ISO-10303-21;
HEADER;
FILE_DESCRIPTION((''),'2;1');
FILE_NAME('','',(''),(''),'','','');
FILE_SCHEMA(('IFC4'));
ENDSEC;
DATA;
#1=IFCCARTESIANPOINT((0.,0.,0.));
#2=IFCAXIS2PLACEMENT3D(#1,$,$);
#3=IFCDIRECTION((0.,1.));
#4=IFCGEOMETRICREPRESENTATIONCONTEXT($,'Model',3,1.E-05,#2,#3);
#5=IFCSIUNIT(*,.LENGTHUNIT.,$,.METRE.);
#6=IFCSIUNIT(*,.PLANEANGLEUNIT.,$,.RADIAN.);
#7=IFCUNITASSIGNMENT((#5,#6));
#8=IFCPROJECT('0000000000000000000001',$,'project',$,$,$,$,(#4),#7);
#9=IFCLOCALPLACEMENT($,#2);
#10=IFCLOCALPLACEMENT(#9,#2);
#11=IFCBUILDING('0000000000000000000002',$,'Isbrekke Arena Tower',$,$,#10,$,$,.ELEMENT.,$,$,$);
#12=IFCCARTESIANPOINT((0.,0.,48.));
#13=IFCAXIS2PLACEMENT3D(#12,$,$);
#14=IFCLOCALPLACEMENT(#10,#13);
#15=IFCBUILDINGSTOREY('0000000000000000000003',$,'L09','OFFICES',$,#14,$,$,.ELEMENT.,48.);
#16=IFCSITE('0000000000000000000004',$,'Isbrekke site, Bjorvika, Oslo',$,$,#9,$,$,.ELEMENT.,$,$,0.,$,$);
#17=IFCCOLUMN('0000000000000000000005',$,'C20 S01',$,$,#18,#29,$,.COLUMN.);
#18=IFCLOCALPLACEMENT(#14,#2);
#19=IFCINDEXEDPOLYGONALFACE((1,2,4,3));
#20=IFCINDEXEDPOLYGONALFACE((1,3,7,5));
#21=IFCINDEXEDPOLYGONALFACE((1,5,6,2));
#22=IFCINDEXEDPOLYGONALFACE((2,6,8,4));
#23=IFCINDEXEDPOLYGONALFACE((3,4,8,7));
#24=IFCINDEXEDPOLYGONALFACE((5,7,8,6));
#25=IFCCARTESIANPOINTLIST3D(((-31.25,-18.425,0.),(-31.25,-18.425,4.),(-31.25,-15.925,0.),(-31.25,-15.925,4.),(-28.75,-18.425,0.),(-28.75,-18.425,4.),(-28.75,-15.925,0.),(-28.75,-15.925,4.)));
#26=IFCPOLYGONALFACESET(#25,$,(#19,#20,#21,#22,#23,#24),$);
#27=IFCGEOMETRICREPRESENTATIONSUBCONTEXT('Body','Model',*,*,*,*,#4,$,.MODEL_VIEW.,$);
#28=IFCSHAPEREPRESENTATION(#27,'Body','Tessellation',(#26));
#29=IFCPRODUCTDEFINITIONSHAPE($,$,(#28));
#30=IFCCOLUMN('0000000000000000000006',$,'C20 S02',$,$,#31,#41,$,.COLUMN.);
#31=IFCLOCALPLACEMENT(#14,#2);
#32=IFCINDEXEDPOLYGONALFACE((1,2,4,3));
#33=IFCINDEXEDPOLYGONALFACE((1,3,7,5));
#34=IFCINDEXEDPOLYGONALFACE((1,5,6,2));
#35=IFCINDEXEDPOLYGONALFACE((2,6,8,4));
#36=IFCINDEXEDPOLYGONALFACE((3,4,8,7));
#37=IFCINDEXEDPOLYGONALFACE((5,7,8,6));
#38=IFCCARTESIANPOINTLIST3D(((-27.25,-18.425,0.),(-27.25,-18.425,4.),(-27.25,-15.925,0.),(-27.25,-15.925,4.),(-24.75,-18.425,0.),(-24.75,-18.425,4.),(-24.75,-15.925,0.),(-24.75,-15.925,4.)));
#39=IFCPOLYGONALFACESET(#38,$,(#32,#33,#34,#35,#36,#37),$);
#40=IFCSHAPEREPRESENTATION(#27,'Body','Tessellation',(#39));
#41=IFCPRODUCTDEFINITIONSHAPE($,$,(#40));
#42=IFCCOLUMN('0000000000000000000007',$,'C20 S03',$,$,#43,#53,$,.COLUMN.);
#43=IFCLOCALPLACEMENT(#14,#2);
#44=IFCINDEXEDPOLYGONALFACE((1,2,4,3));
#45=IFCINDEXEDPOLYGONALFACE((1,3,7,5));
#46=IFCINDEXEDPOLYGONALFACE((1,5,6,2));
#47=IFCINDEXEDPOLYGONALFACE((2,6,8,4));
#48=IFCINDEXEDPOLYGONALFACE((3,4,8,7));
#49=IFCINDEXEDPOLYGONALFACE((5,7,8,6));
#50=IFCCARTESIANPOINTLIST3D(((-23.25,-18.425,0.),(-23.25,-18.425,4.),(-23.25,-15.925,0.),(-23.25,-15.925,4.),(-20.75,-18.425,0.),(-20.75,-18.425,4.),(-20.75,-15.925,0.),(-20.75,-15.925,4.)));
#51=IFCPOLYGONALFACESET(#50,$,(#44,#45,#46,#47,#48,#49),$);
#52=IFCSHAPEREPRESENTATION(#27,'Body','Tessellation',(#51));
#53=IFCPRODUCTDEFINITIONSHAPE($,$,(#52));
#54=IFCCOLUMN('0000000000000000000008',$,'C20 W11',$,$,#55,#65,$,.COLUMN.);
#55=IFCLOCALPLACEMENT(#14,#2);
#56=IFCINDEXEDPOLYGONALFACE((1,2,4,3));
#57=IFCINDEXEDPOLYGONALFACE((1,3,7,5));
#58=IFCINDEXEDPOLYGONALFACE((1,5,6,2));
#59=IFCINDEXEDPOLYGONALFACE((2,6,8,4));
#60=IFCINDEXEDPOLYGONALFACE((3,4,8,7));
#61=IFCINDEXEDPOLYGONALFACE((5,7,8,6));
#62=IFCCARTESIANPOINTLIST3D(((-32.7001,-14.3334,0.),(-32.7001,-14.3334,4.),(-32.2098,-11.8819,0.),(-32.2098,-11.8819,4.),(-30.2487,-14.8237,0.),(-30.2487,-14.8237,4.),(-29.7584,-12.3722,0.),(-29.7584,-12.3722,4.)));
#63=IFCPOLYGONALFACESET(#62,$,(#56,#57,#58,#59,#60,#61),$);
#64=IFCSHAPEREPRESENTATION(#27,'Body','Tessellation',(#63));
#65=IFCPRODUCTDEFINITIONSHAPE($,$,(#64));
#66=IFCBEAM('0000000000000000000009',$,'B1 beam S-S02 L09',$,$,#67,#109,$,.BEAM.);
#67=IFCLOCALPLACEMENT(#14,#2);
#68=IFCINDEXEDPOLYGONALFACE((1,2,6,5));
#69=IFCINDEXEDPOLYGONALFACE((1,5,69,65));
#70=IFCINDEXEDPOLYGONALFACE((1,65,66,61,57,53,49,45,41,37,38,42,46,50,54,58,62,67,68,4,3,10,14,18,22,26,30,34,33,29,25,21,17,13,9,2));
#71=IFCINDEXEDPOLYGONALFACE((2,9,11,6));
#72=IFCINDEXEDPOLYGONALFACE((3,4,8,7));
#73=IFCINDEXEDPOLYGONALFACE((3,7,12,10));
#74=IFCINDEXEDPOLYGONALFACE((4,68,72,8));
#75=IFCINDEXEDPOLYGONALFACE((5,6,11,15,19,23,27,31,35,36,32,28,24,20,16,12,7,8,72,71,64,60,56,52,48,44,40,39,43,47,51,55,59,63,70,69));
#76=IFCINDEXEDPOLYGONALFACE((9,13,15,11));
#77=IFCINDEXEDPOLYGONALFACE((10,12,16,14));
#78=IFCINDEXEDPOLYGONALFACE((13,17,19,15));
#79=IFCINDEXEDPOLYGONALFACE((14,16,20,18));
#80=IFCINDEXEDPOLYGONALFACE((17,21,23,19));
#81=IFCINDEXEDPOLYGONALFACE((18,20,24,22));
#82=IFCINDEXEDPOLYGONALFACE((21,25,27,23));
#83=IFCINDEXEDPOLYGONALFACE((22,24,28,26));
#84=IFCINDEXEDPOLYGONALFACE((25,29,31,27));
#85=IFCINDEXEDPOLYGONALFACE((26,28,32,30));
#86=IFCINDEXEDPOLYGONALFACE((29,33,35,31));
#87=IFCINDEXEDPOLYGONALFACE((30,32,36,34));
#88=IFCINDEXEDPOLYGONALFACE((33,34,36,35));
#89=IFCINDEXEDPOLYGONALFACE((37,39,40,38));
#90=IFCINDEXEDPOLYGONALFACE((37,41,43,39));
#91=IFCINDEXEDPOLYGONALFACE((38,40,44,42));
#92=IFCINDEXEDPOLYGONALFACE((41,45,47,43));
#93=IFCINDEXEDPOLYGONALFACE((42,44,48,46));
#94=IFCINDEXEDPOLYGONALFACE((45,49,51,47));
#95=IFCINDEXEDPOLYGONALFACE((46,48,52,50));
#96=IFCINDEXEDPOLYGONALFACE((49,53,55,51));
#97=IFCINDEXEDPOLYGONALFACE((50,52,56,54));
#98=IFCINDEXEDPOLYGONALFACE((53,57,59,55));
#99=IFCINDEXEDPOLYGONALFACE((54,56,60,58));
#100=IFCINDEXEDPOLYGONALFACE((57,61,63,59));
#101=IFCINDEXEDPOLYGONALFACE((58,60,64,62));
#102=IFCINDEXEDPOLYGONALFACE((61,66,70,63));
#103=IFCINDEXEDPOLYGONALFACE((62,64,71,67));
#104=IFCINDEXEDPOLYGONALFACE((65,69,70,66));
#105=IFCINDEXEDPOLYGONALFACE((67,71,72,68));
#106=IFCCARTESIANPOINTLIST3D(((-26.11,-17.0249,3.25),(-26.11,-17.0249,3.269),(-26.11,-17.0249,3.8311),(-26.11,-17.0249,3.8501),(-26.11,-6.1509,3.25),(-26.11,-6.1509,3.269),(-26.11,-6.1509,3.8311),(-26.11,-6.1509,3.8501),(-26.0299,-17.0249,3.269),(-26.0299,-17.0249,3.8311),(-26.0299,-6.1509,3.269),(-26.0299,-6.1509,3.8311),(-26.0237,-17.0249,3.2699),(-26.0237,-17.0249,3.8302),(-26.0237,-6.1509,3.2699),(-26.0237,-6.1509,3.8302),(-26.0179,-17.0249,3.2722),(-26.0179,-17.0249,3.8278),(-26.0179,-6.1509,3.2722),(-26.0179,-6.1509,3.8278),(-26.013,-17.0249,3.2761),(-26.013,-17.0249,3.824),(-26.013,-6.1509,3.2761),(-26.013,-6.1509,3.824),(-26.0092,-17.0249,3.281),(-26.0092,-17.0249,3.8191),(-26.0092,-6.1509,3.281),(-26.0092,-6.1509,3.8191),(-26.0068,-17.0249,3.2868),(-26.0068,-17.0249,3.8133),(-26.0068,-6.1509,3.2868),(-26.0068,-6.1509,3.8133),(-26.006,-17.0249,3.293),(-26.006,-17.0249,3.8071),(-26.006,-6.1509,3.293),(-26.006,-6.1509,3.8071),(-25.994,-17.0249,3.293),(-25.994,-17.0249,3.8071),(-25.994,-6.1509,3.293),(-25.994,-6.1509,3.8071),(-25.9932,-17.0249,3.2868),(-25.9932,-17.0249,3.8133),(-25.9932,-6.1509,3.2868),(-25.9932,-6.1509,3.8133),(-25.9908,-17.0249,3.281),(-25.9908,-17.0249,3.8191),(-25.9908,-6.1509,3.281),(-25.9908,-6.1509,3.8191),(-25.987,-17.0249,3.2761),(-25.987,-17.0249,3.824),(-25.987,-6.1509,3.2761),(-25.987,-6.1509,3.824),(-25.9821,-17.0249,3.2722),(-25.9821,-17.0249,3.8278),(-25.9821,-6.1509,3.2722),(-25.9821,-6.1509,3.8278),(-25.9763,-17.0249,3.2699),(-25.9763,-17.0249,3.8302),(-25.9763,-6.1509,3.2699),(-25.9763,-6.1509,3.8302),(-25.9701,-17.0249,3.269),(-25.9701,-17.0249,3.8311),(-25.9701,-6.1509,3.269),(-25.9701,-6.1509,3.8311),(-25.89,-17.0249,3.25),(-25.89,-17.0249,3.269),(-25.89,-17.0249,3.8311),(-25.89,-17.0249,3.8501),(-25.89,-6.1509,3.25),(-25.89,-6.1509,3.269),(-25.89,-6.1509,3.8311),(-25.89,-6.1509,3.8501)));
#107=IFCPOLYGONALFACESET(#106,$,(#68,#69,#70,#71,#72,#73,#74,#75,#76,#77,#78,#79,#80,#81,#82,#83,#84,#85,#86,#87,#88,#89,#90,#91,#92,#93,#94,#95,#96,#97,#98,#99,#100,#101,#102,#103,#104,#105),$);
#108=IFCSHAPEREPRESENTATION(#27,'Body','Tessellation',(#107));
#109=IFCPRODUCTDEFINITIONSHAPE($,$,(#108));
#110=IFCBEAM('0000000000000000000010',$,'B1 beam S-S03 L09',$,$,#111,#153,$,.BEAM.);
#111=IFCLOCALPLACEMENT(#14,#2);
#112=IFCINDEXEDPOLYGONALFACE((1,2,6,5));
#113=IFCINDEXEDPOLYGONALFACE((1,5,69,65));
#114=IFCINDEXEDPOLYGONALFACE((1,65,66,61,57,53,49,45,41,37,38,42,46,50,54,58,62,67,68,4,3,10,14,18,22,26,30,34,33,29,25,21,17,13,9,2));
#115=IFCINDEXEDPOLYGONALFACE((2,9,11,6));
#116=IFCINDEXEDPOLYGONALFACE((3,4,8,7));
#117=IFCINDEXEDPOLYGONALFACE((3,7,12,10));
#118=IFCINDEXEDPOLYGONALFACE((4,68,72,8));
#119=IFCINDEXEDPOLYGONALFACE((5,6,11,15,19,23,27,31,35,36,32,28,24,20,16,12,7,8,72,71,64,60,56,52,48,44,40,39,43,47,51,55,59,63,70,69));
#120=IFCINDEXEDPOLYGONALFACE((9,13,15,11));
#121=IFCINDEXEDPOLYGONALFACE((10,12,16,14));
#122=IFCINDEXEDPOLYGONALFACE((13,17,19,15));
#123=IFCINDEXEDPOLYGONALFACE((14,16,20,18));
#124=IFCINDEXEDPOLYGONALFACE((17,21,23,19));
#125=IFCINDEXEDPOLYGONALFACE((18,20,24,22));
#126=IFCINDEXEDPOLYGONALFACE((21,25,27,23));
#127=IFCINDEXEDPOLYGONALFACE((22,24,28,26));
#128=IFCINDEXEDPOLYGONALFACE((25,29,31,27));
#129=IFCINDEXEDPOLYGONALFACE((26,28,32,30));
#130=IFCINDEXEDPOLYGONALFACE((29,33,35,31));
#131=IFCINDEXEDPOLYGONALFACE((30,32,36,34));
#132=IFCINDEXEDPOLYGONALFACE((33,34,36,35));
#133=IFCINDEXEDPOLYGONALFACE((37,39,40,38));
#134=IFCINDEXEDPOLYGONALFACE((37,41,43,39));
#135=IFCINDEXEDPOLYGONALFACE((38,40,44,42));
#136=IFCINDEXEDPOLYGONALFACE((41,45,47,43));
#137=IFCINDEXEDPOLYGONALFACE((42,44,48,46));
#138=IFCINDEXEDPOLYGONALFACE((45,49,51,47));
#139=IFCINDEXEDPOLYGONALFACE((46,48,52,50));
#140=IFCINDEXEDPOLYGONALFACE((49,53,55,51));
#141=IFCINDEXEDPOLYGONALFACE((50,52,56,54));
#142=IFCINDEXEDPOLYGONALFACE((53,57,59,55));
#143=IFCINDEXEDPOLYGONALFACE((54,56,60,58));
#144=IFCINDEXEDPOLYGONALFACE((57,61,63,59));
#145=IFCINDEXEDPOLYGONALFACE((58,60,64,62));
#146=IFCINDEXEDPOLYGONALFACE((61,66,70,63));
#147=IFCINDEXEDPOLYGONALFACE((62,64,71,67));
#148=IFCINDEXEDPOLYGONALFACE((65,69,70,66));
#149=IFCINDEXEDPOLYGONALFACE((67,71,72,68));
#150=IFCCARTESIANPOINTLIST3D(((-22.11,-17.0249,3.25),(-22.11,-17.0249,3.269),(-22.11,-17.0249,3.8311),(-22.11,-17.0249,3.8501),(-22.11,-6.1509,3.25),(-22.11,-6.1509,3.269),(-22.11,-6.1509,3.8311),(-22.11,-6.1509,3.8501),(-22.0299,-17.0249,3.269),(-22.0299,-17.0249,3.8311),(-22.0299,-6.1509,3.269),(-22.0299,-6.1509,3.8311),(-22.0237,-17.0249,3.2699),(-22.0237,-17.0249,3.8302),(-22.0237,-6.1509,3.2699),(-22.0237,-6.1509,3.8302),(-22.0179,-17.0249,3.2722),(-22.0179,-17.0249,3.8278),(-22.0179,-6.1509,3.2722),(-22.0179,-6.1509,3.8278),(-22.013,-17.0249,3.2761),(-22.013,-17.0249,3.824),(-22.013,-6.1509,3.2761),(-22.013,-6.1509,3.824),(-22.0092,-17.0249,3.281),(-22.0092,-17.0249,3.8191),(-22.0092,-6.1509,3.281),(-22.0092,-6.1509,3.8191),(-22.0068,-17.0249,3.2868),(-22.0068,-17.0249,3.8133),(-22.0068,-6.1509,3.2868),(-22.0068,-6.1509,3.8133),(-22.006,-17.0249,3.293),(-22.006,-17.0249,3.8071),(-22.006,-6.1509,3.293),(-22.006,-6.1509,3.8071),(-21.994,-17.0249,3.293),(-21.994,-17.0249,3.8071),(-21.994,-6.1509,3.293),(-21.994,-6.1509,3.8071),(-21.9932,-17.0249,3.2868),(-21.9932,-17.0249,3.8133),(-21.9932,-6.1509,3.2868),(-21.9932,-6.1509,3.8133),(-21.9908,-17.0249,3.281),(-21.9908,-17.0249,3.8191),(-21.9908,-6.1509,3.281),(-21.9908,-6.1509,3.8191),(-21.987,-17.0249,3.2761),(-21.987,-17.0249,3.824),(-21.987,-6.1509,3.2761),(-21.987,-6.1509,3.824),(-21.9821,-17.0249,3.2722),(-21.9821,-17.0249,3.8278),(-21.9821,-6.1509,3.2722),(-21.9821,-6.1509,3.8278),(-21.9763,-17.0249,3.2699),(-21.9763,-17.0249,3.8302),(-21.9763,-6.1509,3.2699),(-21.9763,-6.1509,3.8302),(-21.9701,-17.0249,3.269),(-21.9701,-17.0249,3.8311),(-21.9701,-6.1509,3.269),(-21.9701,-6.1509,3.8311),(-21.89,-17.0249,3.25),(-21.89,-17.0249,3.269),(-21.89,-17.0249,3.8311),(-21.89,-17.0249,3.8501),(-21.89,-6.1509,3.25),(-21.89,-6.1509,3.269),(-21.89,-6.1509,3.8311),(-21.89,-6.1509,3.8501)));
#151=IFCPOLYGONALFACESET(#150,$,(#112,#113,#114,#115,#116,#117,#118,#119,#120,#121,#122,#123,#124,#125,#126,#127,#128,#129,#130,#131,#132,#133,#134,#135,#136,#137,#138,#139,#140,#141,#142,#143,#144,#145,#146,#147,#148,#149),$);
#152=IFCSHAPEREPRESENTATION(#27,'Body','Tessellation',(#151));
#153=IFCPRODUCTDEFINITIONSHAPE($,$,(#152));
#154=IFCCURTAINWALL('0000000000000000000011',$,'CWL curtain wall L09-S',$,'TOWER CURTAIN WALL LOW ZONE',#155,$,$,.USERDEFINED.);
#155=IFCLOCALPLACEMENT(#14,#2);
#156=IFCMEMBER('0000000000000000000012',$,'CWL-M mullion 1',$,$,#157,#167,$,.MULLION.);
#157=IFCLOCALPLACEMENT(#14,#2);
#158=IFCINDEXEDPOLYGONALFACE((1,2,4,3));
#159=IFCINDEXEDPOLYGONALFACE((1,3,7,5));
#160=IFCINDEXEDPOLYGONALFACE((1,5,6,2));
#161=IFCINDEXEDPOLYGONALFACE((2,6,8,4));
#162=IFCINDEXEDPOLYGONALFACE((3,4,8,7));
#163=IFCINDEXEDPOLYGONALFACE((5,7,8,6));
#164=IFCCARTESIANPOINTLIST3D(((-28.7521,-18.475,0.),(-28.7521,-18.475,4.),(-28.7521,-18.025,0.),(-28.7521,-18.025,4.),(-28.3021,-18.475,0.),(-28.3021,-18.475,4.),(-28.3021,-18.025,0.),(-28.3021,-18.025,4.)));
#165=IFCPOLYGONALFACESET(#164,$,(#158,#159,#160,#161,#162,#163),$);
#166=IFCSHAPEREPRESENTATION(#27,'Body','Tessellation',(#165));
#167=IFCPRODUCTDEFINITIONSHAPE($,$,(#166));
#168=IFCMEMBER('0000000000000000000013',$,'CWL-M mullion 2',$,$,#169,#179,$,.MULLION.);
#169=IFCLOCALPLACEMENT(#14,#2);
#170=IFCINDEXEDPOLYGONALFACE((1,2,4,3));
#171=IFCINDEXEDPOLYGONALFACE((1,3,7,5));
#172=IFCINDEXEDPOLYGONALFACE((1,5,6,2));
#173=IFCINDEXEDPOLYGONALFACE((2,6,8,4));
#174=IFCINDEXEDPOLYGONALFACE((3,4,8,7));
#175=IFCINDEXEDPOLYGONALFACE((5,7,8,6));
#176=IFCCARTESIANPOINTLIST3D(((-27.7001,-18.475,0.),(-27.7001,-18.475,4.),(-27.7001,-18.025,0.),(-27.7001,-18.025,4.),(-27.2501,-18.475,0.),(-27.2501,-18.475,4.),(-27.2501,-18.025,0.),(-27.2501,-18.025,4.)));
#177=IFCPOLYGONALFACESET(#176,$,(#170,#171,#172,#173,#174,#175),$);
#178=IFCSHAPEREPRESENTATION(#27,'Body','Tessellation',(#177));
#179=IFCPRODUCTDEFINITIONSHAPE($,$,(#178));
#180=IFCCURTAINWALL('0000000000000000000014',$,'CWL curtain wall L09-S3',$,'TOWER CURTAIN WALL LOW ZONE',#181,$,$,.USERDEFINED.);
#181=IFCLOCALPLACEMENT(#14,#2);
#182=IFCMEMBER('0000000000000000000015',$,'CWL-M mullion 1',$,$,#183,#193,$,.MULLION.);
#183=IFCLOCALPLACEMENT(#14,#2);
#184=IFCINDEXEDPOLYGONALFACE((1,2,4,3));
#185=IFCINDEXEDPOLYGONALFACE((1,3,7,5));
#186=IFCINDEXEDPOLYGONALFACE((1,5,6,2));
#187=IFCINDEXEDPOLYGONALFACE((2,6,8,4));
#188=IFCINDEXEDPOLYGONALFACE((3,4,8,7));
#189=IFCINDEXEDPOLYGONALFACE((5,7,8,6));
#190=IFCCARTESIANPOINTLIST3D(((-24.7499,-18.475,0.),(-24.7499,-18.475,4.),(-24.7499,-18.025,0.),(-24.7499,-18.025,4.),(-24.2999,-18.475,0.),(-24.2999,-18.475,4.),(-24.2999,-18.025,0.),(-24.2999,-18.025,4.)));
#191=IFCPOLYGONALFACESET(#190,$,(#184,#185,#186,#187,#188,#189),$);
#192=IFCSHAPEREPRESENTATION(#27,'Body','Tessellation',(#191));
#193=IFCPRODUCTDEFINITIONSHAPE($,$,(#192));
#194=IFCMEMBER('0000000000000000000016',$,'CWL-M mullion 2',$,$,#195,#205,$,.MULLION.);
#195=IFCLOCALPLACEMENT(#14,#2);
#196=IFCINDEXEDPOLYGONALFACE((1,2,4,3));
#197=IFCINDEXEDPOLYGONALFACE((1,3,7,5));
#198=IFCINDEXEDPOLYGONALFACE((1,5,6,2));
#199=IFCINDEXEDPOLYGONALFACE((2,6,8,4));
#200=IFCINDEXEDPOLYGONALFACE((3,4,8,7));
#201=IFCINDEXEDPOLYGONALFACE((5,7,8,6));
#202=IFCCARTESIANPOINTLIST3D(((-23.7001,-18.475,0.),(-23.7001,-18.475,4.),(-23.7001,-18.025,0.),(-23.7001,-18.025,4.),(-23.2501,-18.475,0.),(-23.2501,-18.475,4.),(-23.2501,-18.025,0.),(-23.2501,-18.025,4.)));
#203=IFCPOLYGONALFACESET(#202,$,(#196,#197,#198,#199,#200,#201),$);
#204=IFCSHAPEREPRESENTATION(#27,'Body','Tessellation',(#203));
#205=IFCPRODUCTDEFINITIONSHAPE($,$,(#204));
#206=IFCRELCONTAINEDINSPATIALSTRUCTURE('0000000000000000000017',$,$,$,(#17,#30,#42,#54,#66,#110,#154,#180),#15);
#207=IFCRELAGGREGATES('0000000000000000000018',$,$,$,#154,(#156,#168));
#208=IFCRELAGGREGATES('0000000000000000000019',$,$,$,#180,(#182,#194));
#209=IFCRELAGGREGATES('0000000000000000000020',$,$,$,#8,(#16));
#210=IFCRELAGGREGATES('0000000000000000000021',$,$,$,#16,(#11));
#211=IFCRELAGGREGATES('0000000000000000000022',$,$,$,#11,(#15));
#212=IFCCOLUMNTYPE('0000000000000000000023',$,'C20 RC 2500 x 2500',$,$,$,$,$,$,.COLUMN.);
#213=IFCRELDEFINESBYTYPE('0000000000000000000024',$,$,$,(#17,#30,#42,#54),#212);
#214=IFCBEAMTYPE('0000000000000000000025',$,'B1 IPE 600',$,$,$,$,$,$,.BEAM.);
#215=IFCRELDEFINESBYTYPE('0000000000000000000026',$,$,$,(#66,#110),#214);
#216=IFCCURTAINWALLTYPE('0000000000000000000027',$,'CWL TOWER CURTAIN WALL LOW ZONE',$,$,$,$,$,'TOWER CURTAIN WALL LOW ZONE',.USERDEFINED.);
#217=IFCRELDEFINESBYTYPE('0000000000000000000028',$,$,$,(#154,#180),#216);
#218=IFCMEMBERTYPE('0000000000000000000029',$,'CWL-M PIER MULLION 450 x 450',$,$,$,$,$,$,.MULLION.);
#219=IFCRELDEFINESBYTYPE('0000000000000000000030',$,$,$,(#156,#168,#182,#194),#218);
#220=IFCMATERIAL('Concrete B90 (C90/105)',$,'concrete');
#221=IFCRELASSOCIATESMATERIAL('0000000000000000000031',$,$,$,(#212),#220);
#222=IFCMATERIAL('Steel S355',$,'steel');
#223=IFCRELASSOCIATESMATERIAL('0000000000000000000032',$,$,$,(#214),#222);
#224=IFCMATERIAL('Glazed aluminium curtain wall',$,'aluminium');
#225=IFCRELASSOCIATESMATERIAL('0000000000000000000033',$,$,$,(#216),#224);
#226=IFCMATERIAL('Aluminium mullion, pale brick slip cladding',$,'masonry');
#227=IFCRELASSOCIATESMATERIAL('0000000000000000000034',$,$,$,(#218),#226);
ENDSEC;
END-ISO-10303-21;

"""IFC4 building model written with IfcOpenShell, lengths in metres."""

from ifc_helpers import new_model, si_unit, direction, frame, origin, origin_2d, place, context, subcontext, project, spatial, rectangle, i_section, extrude, material, material_profile, profile_set, type_object, element, aggregate, save


model = new_model("IFC4")

# Units and contexts
model_context = context("Model", 3, precision=1e-05, world=origin(), true_north=direction((0.0, 1.0)))
body_context = subcontext(model_context, "Body", "Model", "MODEL_VIEW")
ifc_project = project(units=[si_unit("LENGTHUNIT", "METRE"), si_unit("PLANEANGLEUNIT", "RADIAN")], contexts=[model_context])

# Site, building, storey
site_placement = place(None, origin())
site = spatial("IfcSite", under=ifc_project, at=site_placement, Name="Isbrekke site, Bjorvika, Oslo", CompositionType="ELEMENT", RefElevation=0.0)
building_placement = place(site_placement, origin())
building = spatial("IfcBuilding", under=site, at=building_placement, Name="Isbrekke Arena Tower", CompositionType="ELEMENT")
storey_placement = place(building_placement, frame((0.0, 0.0, 48.0)))
storey = spatial("IfcBuildingStorey", under=building, at=storey_placement, Name="L09", Description="OFFICES", CompositionType="ELEMENT", Elevation=48.0)

# Columns
ifc_material_1 = material(Name="Concrete B90 (C90/105)", Category="concrete")
ifc_material_profile_1 = material_profile(ifc_material_1, rectangle(XDim=2.5, YDim=2.5, at=origin_2d()), Name="RC 2500x2500")
ifc_profile_set_1 = profile_set([ifc_material_profile_1], Name="Concrete B90 (C90/105)")
column_type = type_object("IfcColumnType", Name="C20 RC 2500 x 2500", PredefinedType="COLUMN", material=ifc_profile_set_1)
for number, where, z_axis, x_axis, name in (
    (1, (-30.0, -17.175, 0.0), (0.0, 0.0, 1.0), (1.0, 0.0, 0.0), "C20 S01"),
    (2, (-26.0, -17.175, 0.0), (0.0, 0.0, 1.0), (1.0, 0.0, 0.0), "C20 S02"),
    (3, (-22.0, -17.175, 0.0), (0.0, 0.0, 1.0), (1.0, 0.0, 0.0), "C20 S03"),
    (4, (-31.2292, -13.3528, 0.0), (0.0, 0.0, 1.0), (-0.196116, -0.980581, 0.0), "C20 W11"),
):
    element("IfcColumn", number, at=place(storey_placement, frame(where, z_axis=z_axis, x_axis=x_axis)), inside=storey, type_object=column_type, Name=name, PredefinedType="COLUMN", context=body_context, shape_type="SweptSolid", body=[
        extrude(rectangle(XDim=2.5, YDim=2.5, at=origin_2d()), origin(), (0.0, 0.0, 1.0), 4.0),
    ])

# Beams
ifc_material_2 = material(Name="Steel S355", Category="steel")
ifc_material_profile_2 = material_profile(ifc_material_2, i_section(OverallWidth=0.22, OverallDepth=0.6001, WebThickness=0.012, FlangeThickness=0.019, FilletRadius=0.0239, at=origin_2d()), Name="IPE 600")
ifc_profile_set_2 = profile_set([ifc_material_profile_2], Name="Steel S355")
beam_type_1 = type_object("IfcBeamType", Name="B1 IPE 600", PredefinedType="BEAM", material=ifc_profile_set_2)
for number, where, z_axis, x_axis, name in (
    (5, (-26.0, -17.0249, 3.55), (0.0, 1.0, 0.0), (-1.0, 0.0, 0.0), "B1 beam S-S02 L09"),
    (6, (-22.0, -17.0249, 3.55), (0.0, 1.0, 0.0), (-1.0, 0.0, 0.0), "B1 beam S-S03 L09"),
):
    element("IfcBeam", number, at=place(storey_placement, frame(where, z_axis=z_axis, x_axis=x_axis)), inside=storey, type_object=beam_type_1, Name=name, PredefinedType="BEAM", context=body_context, shape_type="SweptSolid", body=[
        extrude(i_section(OverallWidth=0.22, OverallDepth=0.6001, WebThickness=0.012, FlangeThickness=0.019, FilletRadius=0.0239, at=origin_2d()), origin(), (0.0, 0.0, 1.0), 10.874),
    ])

# Curtain walls, members
ifc_material_3 = material(Name="Glazed aluminium curtain wall", Category="aluminium")
curtain_wall_type = type_object("IfcCurtainWallType", Name="CWL TOWER CURTAIN WALL LOW ZONE", ElementType="TOWER CURTAIN WALL LOW ZONE", PredefinedType="USERDEFINED", material=ifc_material_3)
curtain_wall_1_placement = place(storey_placement, origin())
curtain_wall_1 = element("IfcCurtainWall", 7, at=curtain_wall_1_placement, inside=storey, type_object=curtain_wall_type, Name="CWL curtain wall L09-S", ObjectType="TOWER CURTAIN WALL LOW ZONE", PredefinedType="USERDEFINED")
ifc_material_4 = material(Name="Aluminium mullion, pale brick slip cladding", Category="masonry")
ifc_material_profile_3 = material_profile(ifc_material_4, rectangle(XDim=0.45, YDim=0.45, at=origin_2d()), Name="PIER 450X450")
ifc_profile_set_3 = profile_set([ifc_material_profile_3], Name="Aluminium mullion, pale brick slip cladding")
member_type_1 = type_object("IfcMemberType", Name="CWL-M PIER MULLION 450 x 450", PredefinedType="MULLION", material=ifc_profile_set_3)
member_1_placement = place(storey_placement, frame((-28.5271, -18.25, 0.0), z_axis=(0.0, 0.0, 1.0), x_axis=(1.0, 0.0, 0.0)))
member_1 = element("IfcMember", 8, at=member_1_placement, type_object=member_type_1, Name="CWL-M mullion 1", PredefinedType="MULLION", context=body_context, shape_type="SweptSolid", body=[
    extrude(rectangle(XDim=0.45, YDim=0.45, at=origin_2d()), origin(), (0.0, 0.0, 1.0), 4.0),
])
member_2_placement = place(storey_placement, frame((-27.4751, -18.25, 0.0), z_axis=(0.0, 0.0, 1.0), x_axis=(1.0, 0.0, 0.0)))
member_2 = element("IfcMember", 9, at=member_2_placement, type_object=member_type_1, Name="CWL-M mullion 2", PredefinedType="MULLION", context=body_context, shape_type="SweptSolid", body=[
    extrude(rectangle(XDim=0.45, YDim=0.45, at=origin_2d()), origin(), (0.0, 0.0, 1.0), 4.0),
])
curtain_wall_2_placement = place(storey_placement, origin())
curtain_wall_2 = element("IfcCurtainWall", 10, at=curtain_wall_2_placement, inside=storey, type_object=curtain_wall_type, Name="CWL curtain wall L09-S3", ObjectType="TOWER CURTAIN WALL LOW ZONE", PredefinedType="USERDEFINED")
member_3_placement = place(storey_placement, frame((-24.5249, -18.25, 0.0), z_axis=(0.0, 0.0, 1.0), x_axis=(1.0, 0.0, 0.0)))
member_3 = element("IfcMember", 11, at=member_3_placement, type_object=member_type_1, Name="CWL-M mullion 1", PredefinedType="MULLION", context=body_context, shape_type="SweptSolid", body=[
    extrude(rectangle(XDim=0.45, YDim=0.45, at=origin_2d()), origin(), (0.0, 0.0, 1.0), 4.0),
])
member_4_placement = place(storey_placement, frame((-23.4751, -18.25, 0.0), z_axis=(0.0, 0.0, 1.0), x_axis=(1.0, 0.0, 0.0)))
member_4 = element("IfcMember", 12, at=member_4_placement, type_object=member_type_1, Name="CWL-M mullion 2", PredefinedType="MULLION", context=body_context, shape_type="SweptSolid", body=[
    extrude(rectangle(XDim=0.45, YDim=0.45, at=origin_2d()), origin(), (0.0, 0.0, 1.0), 4.0),
])

aggregate(curtain_wall_1, [member_1, member_2])
aggregate(curtain_wall_2, [member_3, member_4])

save(model, "model.ifc")
